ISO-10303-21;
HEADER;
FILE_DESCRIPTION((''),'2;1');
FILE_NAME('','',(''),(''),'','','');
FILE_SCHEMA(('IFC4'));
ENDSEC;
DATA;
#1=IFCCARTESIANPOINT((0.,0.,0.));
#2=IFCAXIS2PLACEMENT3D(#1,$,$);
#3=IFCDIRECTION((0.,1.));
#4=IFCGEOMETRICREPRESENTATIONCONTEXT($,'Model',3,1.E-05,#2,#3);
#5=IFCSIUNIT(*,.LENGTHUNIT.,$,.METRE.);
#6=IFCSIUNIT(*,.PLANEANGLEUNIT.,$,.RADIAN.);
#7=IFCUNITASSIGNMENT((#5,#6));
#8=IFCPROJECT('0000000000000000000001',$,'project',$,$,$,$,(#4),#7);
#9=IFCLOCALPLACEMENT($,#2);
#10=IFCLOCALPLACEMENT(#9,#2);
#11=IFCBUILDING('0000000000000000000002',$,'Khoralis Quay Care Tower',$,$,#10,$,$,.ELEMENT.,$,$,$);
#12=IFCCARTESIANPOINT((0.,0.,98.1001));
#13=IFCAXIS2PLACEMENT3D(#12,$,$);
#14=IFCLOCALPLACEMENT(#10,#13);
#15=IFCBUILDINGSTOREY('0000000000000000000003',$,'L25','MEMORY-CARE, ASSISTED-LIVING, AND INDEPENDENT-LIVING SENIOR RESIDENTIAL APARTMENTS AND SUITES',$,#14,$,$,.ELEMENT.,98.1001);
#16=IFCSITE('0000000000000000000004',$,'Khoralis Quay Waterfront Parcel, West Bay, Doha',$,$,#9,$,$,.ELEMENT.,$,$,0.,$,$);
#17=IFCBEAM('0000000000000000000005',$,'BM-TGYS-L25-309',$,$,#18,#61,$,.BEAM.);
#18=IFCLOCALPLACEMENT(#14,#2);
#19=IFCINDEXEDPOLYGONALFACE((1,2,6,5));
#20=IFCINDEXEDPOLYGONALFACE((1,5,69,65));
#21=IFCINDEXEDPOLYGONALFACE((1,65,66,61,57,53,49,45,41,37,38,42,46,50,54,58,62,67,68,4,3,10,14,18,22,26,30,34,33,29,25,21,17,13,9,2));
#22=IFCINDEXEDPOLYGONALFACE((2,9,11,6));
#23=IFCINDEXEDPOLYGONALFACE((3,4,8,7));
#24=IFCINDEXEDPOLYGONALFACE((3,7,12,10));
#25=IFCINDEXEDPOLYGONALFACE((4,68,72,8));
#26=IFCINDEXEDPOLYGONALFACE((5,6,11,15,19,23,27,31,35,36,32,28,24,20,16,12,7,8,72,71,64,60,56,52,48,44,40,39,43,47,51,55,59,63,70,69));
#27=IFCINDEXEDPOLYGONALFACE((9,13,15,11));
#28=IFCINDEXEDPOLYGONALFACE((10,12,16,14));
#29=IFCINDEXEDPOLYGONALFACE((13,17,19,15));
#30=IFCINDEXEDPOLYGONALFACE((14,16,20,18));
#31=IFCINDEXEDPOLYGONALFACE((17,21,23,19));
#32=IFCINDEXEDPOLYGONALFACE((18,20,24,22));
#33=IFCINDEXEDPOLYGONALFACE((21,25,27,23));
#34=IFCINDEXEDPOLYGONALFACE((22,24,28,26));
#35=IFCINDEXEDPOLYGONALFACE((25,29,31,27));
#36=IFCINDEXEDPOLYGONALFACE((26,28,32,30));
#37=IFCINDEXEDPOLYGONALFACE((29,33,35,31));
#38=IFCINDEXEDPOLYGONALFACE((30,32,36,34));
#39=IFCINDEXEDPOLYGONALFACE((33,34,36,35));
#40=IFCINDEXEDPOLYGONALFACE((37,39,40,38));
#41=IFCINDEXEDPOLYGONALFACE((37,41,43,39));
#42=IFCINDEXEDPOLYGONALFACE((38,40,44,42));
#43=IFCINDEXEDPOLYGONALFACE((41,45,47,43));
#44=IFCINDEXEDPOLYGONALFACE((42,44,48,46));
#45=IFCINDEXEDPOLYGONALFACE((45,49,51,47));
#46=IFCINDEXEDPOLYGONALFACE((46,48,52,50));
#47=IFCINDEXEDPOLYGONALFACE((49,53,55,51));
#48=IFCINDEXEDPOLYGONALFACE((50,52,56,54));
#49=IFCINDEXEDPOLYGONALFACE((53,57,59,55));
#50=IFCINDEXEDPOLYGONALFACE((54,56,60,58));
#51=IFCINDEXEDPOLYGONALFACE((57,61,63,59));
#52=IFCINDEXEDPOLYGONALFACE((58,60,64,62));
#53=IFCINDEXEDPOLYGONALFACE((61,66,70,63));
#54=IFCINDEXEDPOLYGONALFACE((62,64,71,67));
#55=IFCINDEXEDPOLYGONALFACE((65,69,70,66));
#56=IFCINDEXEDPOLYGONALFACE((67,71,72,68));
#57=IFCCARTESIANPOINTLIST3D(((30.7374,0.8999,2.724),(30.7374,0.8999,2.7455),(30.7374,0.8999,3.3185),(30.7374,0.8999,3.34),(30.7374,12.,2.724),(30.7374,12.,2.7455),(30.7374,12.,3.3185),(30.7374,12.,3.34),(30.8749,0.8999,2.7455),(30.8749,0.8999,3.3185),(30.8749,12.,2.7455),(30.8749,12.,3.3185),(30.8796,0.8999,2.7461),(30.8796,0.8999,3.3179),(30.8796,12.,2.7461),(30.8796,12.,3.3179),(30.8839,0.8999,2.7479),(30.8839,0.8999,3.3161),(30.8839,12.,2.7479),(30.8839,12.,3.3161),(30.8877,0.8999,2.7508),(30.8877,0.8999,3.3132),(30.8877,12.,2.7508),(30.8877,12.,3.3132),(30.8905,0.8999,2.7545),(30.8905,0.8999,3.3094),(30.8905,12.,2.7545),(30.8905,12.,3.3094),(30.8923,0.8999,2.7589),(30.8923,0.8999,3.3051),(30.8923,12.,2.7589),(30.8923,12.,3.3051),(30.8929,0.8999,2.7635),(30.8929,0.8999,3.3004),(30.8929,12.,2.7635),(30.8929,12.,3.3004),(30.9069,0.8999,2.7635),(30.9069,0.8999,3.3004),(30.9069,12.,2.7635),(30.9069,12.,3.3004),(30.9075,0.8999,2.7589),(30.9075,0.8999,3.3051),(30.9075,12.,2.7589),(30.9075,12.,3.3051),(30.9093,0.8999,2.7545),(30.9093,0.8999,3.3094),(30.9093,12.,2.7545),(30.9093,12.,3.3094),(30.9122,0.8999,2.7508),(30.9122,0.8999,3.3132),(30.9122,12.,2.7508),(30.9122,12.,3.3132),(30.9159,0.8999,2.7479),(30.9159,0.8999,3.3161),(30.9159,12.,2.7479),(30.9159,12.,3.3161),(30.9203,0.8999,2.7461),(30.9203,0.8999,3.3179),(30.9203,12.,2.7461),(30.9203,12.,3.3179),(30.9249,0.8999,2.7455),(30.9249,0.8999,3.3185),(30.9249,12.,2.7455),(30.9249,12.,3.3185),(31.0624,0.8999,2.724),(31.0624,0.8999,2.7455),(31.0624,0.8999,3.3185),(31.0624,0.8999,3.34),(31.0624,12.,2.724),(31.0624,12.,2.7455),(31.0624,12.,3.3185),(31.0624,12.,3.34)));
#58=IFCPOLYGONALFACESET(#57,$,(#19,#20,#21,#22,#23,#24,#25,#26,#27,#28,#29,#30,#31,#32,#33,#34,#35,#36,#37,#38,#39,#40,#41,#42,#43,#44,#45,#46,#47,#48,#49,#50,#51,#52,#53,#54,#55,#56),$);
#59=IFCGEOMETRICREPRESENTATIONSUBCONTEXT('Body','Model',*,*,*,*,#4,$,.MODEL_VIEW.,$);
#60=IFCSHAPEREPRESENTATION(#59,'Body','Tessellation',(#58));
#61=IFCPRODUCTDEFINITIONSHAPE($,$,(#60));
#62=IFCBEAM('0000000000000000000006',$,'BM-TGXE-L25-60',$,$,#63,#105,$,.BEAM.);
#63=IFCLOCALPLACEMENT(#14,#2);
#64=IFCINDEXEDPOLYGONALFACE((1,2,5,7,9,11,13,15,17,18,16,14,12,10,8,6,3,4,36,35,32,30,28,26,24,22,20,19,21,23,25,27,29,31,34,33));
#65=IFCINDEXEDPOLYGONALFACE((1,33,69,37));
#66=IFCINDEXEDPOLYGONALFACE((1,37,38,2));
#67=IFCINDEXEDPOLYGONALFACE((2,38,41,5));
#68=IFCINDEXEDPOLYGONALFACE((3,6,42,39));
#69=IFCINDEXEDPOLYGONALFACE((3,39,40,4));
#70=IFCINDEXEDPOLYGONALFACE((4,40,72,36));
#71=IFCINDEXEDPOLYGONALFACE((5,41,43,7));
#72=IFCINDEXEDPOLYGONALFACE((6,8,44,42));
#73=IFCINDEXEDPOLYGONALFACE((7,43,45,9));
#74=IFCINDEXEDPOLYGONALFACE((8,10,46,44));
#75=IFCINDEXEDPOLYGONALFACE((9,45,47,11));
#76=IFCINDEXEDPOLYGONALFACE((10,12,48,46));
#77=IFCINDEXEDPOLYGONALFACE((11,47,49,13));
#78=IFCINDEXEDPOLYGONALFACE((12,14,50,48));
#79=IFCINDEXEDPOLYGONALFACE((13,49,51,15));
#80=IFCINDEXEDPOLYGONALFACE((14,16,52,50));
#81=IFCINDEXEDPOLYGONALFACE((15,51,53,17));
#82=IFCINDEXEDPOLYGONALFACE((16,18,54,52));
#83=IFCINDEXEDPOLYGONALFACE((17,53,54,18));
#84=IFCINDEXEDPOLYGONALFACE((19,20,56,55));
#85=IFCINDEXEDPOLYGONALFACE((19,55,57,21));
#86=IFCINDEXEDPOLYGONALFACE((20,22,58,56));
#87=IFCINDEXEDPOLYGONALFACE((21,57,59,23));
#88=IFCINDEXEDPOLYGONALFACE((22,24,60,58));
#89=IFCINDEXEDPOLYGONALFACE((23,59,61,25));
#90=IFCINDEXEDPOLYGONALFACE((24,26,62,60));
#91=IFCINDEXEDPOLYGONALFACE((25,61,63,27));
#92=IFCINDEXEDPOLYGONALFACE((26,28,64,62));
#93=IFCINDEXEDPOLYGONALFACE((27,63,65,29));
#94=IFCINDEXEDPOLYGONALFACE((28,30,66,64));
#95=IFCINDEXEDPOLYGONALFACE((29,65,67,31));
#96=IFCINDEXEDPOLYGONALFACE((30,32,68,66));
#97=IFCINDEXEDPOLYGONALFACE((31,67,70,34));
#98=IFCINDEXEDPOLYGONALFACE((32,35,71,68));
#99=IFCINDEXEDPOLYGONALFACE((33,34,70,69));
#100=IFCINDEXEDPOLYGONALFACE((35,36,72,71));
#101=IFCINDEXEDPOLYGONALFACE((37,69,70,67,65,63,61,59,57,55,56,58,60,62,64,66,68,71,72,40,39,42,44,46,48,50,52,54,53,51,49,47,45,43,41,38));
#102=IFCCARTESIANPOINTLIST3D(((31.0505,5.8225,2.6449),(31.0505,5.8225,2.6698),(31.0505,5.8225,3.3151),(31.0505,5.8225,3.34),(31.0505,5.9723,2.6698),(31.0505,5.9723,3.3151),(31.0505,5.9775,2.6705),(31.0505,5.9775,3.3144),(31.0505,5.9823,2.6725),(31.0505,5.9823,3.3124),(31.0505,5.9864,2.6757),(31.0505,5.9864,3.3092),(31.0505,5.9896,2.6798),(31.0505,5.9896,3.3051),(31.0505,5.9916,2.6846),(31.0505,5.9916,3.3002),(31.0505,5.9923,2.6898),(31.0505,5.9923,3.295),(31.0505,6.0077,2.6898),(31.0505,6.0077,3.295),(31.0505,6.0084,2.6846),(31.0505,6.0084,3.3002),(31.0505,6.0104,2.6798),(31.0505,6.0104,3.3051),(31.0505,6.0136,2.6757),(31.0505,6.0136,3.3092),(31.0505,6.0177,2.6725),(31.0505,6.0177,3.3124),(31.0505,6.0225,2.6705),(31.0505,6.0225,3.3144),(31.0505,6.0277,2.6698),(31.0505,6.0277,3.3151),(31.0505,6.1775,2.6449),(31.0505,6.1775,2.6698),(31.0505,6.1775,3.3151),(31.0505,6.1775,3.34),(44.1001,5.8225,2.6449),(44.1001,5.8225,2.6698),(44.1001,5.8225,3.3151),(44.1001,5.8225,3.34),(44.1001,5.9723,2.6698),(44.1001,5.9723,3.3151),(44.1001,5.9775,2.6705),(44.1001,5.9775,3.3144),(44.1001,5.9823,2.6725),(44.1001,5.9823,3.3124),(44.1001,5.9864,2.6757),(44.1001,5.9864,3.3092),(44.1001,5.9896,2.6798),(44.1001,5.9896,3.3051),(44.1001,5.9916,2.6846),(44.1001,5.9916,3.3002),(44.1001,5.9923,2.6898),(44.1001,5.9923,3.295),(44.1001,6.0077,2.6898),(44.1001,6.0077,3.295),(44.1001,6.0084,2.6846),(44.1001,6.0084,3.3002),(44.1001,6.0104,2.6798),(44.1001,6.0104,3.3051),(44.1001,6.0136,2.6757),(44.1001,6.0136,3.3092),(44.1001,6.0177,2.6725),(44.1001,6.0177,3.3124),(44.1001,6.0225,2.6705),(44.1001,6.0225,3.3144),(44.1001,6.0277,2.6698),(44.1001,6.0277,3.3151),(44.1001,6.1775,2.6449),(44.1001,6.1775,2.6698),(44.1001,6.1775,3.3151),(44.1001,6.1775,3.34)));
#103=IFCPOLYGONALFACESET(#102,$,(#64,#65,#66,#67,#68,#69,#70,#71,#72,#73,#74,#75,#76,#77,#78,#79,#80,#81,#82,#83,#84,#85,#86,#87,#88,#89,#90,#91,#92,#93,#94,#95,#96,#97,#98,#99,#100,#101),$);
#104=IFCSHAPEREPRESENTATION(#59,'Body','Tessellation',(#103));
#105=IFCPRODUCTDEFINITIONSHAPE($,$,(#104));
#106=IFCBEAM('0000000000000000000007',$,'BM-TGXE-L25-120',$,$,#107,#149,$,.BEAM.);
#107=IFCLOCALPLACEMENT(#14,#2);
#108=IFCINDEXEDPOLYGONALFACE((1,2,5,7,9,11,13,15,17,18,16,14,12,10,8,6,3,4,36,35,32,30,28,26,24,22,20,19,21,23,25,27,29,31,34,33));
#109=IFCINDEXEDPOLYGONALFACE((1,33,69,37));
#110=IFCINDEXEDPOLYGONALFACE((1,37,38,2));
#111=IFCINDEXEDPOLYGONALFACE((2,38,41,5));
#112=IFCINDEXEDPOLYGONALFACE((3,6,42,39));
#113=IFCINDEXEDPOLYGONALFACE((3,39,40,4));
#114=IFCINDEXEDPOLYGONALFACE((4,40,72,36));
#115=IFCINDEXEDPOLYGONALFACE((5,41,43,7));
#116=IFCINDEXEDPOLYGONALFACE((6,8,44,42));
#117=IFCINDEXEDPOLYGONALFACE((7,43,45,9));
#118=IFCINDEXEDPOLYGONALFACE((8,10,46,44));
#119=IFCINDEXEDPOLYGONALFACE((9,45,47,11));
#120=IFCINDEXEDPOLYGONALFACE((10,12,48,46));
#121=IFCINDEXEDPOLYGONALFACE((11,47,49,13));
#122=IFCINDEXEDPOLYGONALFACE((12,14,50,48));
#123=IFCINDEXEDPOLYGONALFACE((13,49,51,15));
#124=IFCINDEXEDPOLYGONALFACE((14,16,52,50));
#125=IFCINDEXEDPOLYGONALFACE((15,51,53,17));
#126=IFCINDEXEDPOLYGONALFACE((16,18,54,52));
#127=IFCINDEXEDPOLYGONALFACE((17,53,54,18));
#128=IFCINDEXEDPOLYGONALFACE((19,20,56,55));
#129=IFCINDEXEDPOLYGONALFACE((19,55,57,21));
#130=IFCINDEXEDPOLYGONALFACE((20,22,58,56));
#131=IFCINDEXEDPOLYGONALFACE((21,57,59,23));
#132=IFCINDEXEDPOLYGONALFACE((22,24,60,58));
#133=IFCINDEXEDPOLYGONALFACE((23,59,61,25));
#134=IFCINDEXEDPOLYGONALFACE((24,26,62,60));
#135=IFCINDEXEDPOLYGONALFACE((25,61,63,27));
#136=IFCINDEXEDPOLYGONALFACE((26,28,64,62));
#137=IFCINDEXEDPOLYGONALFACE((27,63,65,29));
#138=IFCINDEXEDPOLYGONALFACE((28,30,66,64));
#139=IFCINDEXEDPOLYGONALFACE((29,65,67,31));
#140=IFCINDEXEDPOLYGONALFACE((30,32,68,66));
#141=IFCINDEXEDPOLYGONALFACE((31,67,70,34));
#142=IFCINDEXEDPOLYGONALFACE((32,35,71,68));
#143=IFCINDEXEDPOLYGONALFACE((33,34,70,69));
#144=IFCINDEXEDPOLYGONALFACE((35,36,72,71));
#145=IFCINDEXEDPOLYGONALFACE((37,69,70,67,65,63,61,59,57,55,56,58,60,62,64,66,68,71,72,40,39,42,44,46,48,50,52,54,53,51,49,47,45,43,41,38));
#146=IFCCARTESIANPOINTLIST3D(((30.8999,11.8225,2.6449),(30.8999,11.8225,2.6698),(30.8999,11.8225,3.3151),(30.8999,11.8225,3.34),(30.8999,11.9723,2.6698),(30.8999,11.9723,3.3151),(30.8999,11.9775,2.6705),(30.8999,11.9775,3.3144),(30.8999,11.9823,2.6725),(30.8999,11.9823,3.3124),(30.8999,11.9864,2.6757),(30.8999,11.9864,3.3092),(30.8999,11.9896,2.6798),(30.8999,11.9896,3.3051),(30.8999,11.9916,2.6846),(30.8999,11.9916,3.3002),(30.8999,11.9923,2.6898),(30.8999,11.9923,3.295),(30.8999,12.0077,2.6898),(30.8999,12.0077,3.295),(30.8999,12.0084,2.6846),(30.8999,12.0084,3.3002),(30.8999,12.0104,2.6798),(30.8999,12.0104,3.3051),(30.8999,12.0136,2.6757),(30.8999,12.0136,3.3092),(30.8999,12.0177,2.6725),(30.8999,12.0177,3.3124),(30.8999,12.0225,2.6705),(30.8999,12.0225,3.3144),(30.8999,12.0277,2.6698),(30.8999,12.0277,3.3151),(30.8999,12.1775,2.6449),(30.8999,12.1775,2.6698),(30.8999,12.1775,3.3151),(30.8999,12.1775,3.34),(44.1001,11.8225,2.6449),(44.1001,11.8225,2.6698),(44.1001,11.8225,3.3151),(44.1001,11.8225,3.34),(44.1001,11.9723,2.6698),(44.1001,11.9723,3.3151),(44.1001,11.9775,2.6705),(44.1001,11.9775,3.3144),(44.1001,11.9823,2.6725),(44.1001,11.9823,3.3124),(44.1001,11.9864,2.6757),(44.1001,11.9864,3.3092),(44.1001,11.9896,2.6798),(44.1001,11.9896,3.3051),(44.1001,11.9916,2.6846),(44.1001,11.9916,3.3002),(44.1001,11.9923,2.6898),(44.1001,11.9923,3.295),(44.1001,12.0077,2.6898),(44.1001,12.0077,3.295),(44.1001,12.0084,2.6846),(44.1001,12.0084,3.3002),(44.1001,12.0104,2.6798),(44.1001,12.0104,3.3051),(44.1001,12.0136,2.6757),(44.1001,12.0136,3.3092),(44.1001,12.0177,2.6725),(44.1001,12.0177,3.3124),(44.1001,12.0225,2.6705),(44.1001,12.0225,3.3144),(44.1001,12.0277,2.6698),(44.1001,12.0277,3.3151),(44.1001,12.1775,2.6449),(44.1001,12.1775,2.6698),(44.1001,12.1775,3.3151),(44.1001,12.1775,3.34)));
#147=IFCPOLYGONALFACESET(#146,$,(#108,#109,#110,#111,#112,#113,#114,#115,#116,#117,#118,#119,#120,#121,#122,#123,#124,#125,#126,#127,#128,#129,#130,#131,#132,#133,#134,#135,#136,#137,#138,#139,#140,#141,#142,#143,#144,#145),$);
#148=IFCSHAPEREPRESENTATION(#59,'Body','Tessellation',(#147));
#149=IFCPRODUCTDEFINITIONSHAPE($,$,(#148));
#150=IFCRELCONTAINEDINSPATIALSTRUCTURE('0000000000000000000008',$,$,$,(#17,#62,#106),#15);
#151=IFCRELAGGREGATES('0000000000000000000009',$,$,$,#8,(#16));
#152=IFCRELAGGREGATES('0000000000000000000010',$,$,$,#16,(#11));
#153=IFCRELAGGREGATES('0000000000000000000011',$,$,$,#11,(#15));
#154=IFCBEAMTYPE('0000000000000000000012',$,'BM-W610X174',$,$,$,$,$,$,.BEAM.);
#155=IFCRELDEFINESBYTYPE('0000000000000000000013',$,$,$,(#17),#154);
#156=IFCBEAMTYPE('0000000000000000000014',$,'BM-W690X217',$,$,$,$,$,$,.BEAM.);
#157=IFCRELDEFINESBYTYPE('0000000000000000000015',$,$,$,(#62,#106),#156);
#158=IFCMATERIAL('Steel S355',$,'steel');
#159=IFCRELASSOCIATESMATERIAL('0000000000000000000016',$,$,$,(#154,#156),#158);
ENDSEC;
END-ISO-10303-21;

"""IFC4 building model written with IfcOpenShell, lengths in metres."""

from ifc_helpers import new_model, si_unit, direction, frame, origin, origin_2d, place, context, subcontext, project, spatial, i_section, extrude, source, transform, mapped, material, material_profile, profile_set, type_object, element, save


model = new_model("IFC4")

# Units and contexts
model_context = context("Model", 3, precision=1e-05, world=origin(), true_north=direction((0.0, 1.0)))
body_context = subcontext(model_context, "Body", "Model", "MODEL_VIEW")
ifc_project = project(units=[si_unit("LENGTHUNIT", "METRE"), si_unit("PLANEANGLEUNIT", "RADIAN")], contexts=[model_context])

# Site, building, storey
site_placement = place(None, origin())
site = spatial("IfcSite", under=ifc_project, at=site_placement, Name="Khoralis Quay Waterfront Parcel, West Bay, Doha", CompositionType="ELEMENT", RefElevation=0.0)
building_placement = place(site_placement, origin())
building = spatial("IfcBuilding", under=site, at=building_placement, Name="Khoralis Quay Care Tower", CompositionType="ELEMENT")
storey_placement = place(building_placement, frame((0.0, 0.0, 98.1001)))
storey = spatial("IfcBuildingStorey", under=building, at=storey_placement, Name="L25", Description="MEMORY-CARE, ASSISTED-LIVING, AND INDEPENDENT-LIVING SENIOR RESIDENTIAL APARTMENTS AND SUITES", CompositionType="ELEMENT", Elevation=98.1001)

# Beams
ifc_material_1 = material(Name="Steel S355", Category="steel")
ifc_material_profile_1 = material_profile(ifc_material_1, i_section(OverallWidth=0.325, OverallDepth=0.616, WebThickness=0.0139, FlangeThickness=0.0215, FilletRadius=0.0181, at=origin_2d()), Name="Steel S355")
ifc_profile_set_1 = profile_set([ifc_material_profile_1], Name="Steel S355")
beam_type_1 = type_object("IfcBeamType", Name="BM-W610X174", PredefinedType="BEAM", material=ifc_profile_set_1)
shared_shape_1 = source(origin(), body_context, "Body", "SweptSolid", [
    extrude(i_section(OverallWidth=0.325, OverallDepth=0.616, WebThickness=0.0139, FlangeThickness=0.0215, FilletRadius=0.0181, at=origin_2d()), origin(), (0.0, 0.0, 1.0), 11.1001),
])
for number, where, z_axis, x_axis, name in (
    (1, (30.8999, 0.8999, 3.032), (0.0, 1.0, 0.0), (-1.0, 0.0, 0.0), "BM-TGYS-L25-309"),
):
    element("IfcBeam", number, at=place(storey_placement, frame(where, z_axis=z_axis, x_axis=x_axis)), inside=storey, type_object=beam_type_1, Name=name, PredefinedType="BEAM", context=body_context, shape_type="MappedRepresentation", body=[
        mapped(shared_shape_1, transform((0.0, 0.0, 0.0), scale=1.0)),
    ])
ifc_material_profile_2 = material_profile(ifc_material_1, i_section(OverallWidth=0.355, OverallDepth=0.6951, WebThickness=0.0154, FlangeThickness=0.0249, FilletRadius=0.02, at=origin_2d()), Name="Steel S355")
ifc_profile_set_2 = profile_set([ifc_material_profile_2], Name="Steel S355")
beam_type_2 = type_object("IfcBeamType", Name="BM-W690X217", PredefinedType="BEAM", material=ifc_profile_set_2)
shared_shape_2 = source(origin(), body_context, "Body", "SweptSolid", [
    extrude(i_section(OverallWidth=0.355, OverallDepth=0.6951, WebThickness=0.0154, FlangeThickness=0.0249, FilletRadius=0.02, at=origin_2d()), origin(), (0.0, 0.0, 1.0), 13.0496),
])
beam_1_placement = place(storey_placement, frame((31.0505, 6.0, 2.9924), z_axis=(1.0, 0.0, 0.0), x_axis=(0.0, 1.0, 0.0)))
element("IfcBeam", 2, at=beam_1_placement, inside=storey, type_object=beam_type_2, Name="BM-TGXE-L25-60", PredefinedType="BEAM", context=body_context, shape_type="MappedRepresentation", body=[
    mapped(shared_shape_2, transform((0.0, 0.0, 0.0), scale=1.0)),
])
shared_shape_3 = source(origin(), body_context, "Body", "SweptSolid", [
    extrude(i_section(OverallWidth=0.355, OverallDepth=0.6951, WebThickness=0.0154, FlangeThickness=0.0249, FilletRadius=0.02, at=origin_2d()), origin(), (0.0, 0.0, 1.0), 13.2002),
])
beam_2_placement = place(storey_placement, frame((30.8999, 12.0, 2.9924), z_axis=(1.0, 0.0, 0.0), x_axis=(0.0, 1.0, 0.0)))
element("IfcBeam", 3, at=beam_2_placement, inside=storey, type_object=beam_type_2, Name="BM-TGXE-L25-120", PredefinedType="BEAM", context=body_context, shape_type="MappedRepresentation", body=[
    mapped(shared_shape_3, transform((0.0, 0.0, 0.0), scale=1.0)),
])

save(model, "model.ifc")
